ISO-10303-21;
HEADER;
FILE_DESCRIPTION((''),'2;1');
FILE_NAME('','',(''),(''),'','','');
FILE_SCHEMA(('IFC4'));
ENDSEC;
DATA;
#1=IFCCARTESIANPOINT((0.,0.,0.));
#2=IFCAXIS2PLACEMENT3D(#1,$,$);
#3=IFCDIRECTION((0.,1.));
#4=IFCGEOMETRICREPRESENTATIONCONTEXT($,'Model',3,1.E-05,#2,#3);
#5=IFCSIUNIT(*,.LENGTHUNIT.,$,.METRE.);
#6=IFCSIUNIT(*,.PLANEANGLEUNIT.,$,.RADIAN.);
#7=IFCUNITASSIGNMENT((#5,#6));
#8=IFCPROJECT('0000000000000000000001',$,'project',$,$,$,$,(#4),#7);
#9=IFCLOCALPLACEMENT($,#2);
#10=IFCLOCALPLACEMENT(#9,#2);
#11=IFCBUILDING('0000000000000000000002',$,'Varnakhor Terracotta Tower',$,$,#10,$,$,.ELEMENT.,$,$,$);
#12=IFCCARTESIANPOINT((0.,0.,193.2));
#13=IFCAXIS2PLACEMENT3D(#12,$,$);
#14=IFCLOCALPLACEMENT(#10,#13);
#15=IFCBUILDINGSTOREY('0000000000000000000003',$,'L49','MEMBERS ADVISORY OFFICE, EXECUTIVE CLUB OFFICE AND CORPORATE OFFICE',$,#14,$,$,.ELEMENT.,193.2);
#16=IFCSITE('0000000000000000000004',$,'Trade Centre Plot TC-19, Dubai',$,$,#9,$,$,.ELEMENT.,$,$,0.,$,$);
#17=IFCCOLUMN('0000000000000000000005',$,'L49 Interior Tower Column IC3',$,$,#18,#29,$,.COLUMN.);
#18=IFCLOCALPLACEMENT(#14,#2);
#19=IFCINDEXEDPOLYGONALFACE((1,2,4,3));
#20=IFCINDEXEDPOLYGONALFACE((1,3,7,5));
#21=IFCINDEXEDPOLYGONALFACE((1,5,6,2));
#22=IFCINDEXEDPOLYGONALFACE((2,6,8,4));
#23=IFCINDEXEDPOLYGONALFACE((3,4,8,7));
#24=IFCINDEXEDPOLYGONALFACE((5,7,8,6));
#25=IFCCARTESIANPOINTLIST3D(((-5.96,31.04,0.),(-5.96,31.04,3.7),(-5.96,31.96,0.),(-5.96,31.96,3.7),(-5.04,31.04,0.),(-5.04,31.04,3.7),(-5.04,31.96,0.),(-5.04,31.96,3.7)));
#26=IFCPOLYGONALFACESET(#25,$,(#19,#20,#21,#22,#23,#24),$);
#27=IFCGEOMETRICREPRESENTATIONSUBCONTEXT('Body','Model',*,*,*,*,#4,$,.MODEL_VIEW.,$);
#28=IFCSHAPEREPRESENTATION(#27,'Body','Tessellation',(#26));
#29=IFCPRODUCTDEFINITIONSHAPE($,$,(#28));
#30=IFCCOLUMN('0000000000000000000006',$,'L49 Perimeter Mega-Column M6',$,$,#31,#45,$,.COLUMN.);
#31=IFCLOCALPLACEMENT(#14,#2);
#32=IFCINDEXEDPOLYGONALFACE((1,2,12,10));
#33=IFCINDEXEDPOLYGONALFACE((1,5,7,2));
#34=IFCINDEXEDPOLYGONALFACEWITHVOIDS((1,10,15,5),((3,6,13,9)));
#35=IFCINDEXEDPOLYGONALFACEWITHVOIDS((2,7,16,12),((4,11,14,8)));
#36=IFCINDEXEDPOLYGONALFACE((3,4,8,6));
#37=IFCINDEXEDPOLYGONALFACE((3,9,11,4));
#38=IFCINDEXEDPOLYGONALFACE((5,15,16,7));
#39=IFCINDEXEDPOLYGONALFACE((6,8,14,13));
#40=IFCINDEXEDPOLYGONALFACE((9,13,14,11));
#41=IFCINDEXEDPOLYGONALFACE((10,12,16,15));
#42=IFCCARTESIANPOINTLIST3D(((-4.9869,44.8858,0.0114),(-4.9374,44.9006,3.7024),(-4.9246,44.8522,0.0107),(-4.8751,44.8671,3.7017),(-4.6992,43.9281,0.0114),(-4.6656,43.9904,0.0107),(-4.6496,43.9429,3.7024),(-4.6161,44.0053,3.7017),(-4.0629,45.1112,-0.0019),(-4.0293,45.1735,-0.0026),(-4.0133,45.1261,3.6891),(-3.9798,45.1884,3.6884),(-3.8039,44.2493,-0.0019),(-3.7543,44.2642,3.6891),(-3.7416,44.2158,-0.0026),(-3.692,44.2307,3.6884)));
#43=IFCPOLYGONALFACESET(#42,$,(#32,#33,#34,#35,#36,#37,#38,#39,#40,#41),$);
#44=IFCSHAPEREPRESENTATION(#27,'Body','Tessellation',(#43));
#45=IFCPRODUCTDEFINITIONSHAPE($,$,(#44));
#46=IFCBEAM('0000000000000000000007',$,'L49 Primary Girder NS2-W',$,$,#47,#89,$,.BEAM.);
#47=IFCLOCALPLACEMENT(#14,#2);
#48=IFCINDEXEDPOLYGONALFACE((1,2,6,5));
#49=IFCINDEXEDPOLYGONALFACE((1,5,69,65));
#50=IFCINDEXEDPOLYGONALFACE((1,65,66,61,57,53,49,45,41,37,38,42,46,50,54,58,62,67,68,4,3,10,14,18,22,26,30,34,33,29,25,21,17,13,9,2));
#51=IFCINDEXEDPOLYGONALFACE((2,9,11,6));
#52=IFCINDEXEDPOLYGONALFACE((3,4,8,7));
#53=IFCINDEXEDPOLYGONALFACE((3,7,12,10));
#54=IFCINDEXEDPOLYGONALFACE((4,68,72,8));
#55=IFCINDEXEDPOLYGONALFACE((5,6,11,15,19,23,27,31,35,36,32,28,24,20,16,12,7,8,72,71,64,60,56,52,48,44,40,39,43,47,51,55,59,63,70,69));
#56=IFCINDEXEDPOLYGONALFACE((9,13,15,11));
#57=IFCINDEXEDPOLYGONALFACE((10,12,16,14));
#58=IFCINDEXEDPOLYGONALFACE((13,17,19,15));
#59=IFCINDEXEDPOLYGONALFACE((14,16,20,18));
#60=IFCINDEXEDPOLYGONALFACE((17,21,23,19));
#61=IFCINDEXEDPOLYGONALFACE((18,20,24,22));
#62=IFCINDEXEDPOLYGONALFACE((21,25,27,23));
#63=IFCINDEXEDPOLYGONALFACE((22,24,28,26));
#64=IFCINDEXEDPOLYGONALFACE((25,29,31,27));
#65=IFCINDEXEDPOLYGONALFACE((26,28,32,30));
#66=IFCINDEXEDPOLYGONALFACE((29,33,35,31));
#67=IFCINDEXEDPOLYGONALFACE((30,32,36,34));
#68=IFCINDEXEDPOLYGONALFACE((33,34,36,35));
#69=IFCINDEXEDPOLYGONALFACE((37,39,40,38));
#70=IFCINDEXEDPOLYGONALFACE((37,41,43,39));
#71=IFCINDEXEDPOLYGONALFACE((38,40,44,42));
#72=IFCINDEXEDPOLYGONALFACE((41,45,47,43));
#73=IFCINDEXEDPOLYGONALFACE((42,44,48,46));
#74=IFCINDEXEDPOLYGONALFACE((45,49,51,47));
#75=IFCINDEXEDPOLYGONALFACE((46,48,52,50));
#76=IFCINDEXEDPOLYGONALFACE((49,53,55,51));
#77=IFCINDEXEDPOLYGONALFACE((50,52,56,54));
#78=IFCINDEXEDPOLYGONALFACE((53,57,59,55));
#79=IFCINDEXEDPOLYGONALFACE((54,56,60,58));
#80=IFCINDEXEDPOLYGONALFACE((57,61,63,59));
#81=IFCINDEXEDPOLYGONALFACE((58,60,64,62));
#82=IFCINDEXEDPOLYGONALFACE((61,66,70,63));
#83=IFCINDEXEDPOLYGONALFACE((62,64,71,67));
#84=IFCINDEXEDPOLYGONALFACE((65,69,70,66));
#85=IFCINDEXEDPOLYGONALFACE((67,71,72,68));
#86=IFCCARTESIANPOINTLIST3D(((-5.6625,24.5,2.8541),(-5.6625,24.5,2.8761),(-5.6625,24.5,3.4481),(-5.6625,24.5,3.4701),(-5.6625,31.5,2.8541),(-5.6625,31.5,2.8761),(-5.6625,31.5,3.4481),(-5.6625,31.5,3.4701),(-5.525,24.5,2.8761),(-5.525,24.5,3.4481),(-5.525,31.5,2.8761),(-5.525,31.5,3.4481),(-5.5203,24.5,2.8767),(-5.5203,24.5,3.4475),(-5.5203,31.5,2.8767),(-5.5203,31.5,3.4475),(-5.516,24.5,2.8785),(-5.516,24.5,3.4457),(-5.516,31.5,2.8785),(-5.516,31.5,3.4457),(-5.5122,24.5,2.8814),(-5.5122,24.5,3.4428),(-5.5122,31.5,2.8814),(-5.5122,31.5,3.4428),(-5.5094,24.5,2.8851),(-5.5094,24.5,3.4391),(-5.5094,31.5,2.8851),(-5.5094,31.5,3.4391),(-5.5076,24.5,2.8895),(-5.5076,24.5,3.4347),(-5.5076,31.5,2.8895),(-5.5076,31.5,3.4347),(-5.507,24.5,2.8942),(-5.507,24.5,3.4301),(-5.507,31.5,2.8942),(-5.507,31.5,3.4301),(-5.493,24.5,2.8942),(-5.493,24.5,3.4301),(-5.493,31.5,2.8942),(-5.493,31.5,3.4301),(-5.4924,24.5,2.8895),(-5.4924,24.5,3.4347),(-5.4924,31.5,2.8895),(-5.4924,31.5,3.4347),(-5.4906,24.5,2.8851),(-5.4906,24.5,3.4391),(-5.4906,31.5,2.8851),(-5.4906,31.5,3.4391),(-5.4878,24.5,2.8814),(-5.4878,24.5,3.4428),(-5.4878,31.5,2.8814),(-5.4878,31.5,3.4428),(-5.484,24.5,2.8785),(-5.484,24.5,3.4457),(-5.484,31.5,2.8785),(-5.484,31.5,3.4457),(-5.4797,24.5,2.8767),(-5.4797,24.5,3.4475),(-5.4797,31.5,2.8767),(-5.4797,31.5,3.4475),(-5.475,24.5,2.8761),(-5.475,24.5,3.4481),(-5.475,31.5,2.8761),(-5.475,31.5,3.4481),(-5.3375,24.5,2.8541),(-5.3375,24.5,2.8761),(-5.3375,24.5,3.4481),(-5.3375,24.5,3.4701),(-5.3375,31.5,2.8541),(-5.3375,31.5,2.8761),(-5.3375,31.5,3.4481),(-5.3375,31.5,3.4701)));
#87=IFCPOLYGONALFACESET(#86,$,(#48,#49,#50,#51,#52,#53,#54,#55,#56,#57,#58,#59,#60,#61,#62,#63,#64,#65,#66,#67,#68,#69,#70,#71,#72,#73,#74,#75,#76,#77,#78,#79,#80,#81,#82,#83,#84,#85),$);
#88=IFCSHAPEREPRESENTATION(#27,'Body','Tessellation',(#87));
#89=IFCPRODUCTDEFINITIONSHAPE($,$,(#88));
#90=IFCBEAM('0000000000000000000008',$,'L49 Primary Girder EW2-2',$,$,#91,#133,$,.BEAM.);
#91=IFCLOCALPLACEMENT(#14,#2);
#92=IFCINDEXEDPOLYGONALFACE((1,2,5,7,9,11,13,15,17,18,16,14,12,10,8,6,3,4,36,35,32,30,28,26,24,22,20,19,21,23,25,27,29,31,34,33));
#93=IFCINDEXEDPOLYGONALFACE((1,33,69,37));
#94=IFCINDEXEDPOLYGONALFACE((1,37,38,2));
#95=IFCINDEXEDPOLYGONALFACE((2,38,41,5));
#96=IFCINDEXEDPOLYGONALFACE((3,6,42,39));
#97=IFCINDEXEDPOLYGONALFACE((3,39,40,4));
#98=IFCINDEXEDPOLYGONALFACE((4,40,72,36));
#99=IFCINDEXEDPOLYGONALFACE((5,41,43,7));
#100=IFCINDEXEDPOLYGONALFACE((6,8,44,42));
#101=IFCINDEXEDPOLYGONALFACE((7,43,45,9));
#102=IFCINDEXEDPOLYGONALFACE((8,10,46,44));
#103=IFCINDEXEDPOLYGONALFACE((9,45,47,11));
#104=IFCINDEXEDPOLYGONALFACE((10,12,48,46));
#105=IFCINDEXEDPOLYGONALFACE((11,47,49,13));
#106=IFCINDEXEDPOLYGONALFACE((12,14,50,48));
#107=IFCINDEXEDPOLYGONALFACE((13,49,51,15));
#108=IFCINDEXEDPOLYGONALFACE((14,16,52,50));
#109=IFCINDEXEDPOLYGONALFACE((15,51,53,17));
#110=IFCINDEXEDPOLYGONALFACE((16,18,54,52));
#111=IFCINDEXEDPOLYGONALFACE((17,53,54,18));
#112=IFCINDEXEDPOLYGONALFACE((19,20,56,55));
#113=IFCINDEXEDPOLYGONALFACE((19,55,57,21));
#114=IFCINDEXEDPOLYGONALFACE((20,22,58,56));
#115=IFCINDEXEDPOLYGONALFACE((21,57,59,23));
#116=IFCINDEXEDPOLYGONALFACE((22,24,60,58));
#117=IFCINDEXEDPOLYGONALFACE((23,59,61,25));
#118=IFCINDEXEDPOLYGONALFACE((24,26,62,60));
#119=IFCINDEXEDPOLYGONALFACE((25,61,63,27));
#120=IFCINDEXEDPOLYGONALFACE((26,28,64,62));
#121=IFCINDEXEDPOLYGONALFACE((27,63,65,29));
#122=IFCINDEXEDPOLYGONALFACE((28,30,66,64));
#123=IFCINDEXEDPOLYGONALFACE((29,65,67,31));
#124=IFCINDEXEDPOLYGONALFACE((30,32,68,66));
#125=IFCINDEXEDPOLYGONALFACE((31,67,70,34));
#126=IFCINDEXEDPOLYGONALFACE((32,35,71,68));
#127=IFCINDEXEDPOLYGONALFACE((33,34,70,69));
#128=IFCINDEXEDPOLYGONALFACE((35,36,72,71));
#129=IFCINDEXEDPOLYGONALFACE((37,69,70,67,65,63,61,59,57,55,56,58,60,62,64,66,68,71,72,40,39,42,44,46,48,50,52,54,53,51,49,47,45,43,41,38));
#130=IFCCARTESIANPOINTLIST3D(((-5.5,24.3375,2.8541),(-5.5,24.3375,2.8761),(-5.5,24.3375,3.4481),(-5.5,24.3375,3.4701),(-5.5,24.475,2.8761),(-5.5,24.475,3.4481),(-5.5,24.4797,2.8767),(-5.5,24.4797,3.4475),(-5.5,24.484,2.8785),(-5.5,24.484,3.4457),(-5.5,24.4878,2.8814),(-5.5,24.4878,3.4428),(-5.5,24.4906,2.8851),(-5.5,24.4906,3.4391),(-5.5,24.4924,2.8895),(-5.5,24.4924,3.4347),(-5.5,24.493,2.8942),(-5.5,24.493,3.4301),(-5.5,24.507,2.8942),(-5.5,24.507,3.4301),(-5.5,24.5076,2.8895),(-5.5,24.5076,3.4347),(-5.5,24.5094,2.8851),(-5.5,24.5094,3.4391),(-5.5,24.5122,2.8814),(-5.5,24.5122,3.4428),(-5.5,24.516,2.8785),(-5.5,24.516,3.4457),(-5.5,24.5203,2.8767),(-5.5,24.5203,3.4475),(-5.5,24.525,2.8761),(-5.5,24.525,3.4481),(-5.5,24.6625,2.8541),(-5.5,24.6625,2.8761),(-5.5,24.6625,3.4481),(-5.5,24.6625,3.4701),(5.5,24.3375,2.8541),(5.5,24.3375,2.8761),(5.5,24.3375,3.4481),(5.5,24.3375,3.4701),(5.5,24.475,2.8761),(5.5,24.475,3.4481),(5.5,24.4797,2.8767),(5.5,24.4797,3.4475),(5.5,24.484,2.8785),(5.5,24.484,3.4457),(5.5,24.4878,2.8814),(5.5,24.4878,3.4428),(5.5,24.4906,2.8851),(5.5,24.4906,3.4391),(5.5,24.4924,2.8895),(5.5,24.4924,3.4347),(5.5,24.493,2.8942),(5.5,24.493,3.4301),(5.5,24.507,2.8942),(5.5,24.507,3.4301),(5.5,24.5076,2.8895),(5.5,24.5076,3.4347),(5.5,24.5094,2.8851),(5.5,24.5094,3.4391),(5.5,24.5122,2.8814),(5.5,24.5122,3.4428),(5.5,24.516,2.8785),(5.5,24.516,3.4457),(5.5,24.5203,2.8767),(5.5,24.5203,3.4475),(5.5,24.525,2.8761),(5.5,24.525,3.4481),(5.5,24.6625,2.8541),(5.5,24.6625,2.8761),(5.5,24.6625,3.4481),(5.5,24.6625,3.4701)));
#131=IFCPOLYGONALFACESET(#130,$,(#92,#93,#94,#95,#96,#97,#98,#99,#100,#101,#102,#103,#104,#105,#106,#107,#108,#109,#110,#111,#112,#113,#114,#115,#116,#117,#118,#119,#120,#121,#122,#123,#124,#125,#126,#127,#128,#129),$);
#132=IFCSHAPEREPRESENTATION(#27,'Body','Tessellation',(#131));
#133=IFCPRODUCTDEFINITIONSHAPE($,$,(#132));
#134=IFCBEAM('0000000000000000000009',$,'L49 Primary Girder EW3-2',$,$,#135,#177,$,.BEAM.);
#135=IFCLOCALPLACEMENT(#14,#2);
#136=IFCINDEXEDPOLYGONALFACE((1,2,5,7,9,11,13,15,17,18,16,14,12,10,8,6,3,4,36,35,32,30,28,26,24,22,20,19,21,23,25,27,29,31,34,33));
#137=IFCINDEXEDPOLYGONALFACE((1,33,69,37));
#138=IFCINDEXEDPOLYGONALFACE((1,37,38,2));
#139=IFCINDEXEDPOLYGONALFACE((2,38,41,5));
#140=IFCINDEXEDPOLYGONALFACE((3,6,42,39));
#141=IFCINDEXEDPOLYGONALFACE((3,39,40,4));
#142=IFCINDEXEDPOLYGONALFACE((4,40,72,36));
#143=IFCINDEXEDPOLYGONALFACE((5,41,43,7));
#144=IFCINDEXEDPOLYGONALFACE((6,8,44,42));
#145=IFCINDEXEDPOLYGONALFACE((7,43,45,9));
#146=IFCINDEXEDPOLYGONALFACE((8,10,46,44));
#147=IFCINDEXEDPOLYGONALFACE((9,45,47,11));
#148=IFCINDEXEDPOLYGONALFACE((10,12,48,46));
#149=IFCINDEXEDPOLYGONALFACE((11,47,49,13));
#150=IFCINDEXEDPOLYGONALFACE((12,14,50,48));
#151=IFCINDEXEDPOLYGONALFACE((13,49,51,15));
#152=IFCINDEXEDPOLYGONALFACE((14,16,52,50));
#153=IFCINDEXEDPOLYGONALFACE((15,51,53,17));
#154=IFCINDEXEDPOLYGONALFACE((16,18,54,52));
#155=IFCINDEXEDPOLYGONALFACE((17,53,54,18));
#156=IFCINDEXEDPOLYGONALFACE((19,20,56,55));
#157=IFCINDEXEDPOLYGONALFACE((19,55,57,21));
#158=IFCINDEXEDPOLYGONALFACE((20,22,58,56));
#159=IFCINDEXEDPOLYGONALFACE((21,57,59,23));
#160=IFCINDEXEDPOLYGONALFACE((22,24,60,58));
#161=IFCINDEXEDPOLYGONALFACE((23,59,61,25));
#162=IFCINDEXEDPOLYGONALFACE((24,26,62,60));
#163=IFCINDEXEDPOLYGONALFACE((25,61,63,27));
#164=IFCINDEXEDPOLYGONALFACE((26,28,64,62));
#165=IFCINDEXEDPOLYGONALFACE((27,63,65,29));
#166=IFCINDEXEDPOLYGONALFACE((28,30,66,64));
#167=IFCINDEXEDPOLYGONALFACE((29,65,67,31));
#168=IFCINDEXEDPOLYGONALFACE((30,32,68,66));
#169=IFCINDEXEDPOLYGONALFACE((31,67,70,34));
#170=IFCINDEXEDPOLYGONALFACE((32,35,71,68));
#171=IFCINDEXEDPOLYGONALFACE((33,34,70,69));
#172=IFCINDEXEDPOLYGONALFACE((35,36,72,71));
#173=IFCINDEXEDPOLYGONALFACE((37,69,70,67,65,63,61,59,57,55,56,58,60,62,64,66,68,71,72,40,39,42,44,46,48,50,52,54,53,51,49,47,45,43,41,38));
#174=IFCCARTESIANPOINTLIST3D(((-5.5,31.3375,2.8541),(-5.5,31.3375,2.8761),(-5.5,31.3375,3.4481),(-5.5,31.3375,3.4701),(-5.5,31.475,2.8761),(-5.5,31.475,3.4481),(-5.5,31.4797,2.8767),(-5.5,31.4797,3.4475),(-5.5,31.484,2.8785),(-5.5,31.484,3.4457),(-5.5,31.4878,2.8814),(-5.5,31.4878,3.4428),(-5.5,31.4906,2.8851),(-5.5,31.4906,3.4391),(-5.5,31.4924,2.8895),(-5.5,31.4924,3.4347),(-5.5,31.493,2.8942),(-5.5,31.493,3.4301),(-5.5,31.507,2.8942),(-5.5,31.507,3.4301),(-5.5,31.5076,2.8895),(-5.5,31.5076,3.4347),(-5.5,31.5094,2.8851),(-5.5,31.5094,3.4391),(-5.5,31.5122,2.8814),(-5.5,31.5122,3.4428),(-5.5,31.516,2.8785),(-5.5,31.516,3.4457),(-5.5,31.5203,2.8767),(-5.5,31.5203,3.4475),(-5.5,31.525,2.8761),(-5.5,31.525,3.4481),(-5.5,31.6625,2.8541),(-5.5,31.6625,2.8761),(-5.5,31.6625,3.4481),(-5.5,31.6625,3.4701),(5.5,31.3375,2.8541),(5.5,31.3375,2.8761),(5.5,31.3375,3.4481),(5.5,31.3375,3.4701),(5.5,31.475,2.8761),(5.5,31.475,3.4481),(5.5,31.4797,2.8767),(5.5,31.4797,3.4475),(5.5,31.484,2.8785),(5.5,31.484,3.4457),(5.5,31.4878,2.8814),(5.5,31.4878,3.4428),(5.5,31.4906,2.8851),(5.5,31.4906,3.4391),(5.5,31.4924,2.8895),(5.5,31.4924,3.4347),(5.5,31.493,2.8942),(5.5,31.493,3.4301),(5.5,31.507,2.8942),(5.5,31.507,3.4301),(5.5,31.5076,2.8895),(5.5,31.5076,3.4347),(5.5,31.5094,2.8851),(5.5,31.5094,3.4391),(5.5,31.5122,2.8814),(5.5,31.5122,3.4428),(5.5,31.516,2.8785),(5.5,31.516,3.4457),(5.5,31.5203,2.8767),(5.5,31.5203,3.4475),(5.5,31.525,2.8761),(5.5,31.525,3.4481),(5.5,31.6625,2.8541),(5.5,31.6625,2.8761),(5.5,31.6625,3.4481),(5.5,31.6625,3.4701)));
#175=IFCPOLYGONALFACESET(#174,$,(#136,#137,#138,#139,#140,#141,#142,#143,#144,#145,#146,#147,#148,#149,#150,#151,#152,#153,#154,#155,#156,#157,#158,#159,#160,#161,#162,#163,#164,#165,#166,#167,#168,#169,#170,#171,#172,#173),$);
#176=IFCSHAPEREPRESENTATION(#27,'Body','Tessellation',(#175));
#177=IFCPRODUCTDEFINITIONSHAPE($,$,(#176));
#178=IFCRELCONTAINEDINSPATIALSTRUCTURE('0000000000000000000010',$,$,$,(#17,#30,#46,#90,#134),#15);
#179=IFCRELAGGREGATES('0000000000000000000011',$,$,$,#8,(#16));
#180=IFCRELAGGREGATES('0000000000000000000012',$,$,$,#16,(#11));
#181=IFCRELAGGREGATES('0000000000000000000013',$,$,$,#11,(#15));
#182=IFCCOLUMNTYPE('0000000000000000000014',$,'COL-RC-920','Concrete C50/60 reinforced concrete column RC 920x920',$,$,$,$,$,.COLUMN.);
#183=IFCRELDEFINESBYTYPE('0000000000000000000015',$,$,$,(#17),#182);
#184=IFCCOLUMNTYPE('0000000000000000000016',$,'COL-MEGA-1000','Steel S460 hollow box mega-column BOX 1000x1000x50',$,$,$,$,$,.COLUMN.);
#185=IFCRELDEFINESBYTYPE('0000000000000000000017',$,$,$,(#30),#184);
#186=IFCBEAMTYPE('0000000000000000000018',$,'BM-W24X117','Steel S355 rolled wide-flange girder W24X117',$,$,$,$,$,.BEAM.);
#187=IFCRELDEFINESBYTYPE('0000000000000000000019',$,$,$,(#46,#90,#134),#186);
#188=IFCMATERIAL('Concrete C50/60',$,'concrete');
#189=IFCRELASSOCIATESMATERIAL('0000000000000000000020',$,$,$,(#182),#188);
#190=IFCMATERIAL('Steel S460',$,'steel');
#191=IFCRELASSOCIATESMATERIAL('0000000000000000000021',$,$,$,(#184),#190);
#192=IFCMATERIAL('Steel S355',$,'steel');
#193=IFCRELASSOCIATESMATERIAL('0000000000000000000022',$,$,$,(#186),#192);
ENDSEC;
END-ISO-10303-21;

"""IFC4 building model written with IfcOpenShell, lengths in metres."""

from ifc_helpers import new_model, si_unit, direction, frame, origin, origin_2d, place, context, subcontext, project, spatial, rectangle, hollow_rectangle, i_section, extrude, source, transform, mapped, material, material_profile, profile_set, type_object, type_shapes, element, save


model = new_model("IFC4")

# Units and contexts
model_context = context("Model", 3, precision=1e-05, world=origin(), true_north=direction((0.0, 1.0)))
body_context = subcontext(model_context, "Body", "Model", "MODEL_VIEW")
ifc_project = project(units=[si_unit("LENGTHUNIT", "METRE"), si_unit("PLANEANGLEUNIT", "RADIAN")], contexts=[model_context])

# Site, building, storey
site_placement = place(None, origin())
site = spatial("IfcSite", under=ifc_project, at=site_placement, Name="Trade Centre Plot TC-19, Dubai", CompositionType="ELEMENT", RefElevation=0.0)
building_placement = place(site_placement, origin())
building = spatial("IfcBuilding", under=site, at=building_placement, Name="Varnakhor Terracotta Tower", CompositionType="ELEMENT")
storey_placement = place(building_placement, frame((0.0, 0.0, 193.2)))
storey = spatial("IfcBuildingStorey", under=building, at=storey_placement, Name="L49", Description="MEMBERS ADVISORY OFFICE, EXECUTIVE CLUB OFFICE AND CORPORATE OFFICE", CompositionType="ELEMENT", Elevation=193.2)

# Columns
ifc_material_1 = material(Name="Concrete C50/60", Category="concrete")
ifc_material_profile_1 = material_profile(ifc_material_1, rectangle(XDim=0.9199, YDim=0.9199, at=origin_2d()), Name="RC 920x920")
ifc_profile_set_1 = profile_set([ifc_material_profile_1], Name="Concrete C50/60")
column_type_1 = type_object("IfcColumnType", Name="COL-RC-920", Description="Concrete C50/60 reinforced concrete column RC 920x920", PredefinedType="COLUMN", material=ifc_profile_set_1)
shared_shape_1 = source(origin(), body_context, "Body", "SweptSolid", [
    extrude(rectangle(XDim=0.9199, YDim=0.9199, at=origin_2d()), origin(), (0.0, 0.0, 1.0), 3.7),
])
column_1_placement = place(storey_placement, frame((-5.5, 31.5, 0.0), z_axis=(0.0, 0.0, 1.0), x_axis=(1.0, 0.0, 0.0)))
element("IfcColumn", 1, at=column_1_placement, inside=storey, type_object=column_type_1, Name="L49 Interior Tower Column IC3", PredefinedType="COLUMN", context=body_context, shape_type="MappedRepresentation", body=[
    mapped(shared_shape_1, transform((0.0, 0.0, 0.0), scale=1.0)),
])
ifc_material_2 = material(Name="Steel S460", Category="steel")
ifc_material_profile_2 = material_profile(ifc_material_2, hollow_rectangle(XDim=1.0, YDim=1.0, WallThickness=0.05, at=origin_2d()), Name="BOX 1000x1000x50")
ifc_profile_set_2 = profile_set([ifc_material_profile_2], Name="Steel S460")
column_type_2 = type_object("IfcColumnType", Name="COL-MEGA-1000", Description="Steel S460 hollow box mega-column BOX 1000x1000x50", PredefinedType="COLUMN", material=ifc_profile_set_2)
shared_shape_2 = source(origin(), body_context, "Body", "SweptSolid", [
    extrude(hollow_rectangle(XDim=1.0, YDim=1.0, WallThickness=0.05, at=origin_2d()), origin(), (0.0, 0.0, 1.0), 3.6914),
])
type_shapes(column_type_2, [shared_shape_2])
column_2_placement = place(storey_placement, frame((-4.3643, 44.5508, 0.0044), z_axis=(0.013425, 0.004034, 0.999902), x_axis=(-0.287781, 0.957696, 0.0)))
element("IfcColumn", 2, at=column_2_placement, inside=storey, type_object=column_type_2, Name="L49 Perimeter Mega-Column M6", PredefinedType="COLUMN", context=body_context, shape_type="MappedRepresentation", body=[
    mapped(shared_shape_2, transform((0.0, 0.0, 0.0), scale=1.0)),
])

# Beams
ifc_material_3 = material(Name="Steel S355", Category="steel")
ifc_material_profile_3 = material_profile(ifc_material_3, i_section(OverallWidth=0.325, OverallDepth=0.616, WebThickness=0.0139, FlangeThickness=0.022, FilletRadius=0.0181, at=origin_2d()), Name="W24X117")
ifc_profile_set_3 = profile_set([ifc_material_profile_3], Name="Steel S355")
beam_type_1 = type_object("IfcBeamType", Name="BM-W24X117", Description="Steel S355 rolled wide-flange girder W24X117", PredefinedType="BEAM", material=ifc_profile_set_3)
shared_shape_3 = source(origin(), body_context, "Body", "SweptSolid", [
    extrude(i_section(OverallWidth=0.325, OverallDepth=0.616, WebThickness=0.0139, FlangeThickness=0.022, FilletRadius=0.0181, at=origin_2d()), origin(), (0.0, 0.0, 1.0), 7.0),
])
beam_1_placement = place(storey_placement, frame((-5.5, 24.5, 3.1621), z_axis=(0.0, 1.0, 0.0), x_axis=(-1.0, 0.0, 0.0)))
element("IfcBeam", 3, at=beam_1_placement, inside=storey, type_object=beam_type_1, Name="L49 Primary Girder NS2-W", PredefinedType="BEAM", context=body_context, shape_type="MappedRepresentation", body=[
    mapped(shared_shape_3, transform((0.0, 0.0, 0.0), scale=1.0)),
])
shared_shape_4 = source(origin(), body_context, "Body", "SweptSolid", [
    extrude(i_section(OverallWidth=0.325, OverallDepth=0.616, WebThickness=0.0139, FlangeThickness=0.022, FilletRadius=0.0181, at=origin_2d()), origin(), (0.0, 0.0, 1.0), 11.0),
])
for number, where, z_axis, x_axis, name in (
    (4, (-5.5, 24.5, 3.1621), (1.0, 0.0, 0.0), (0.0, 1.0, 0.0), "L49 Primary Girder EW2-2"),
    (5, (-5.5, 31.5, 3.1621), (1.0, 0.0, 0.0), (0.0, 1.0, 0.0), "L49 Primary Girder EW3-2"),
):
    element("IfcBeam", number, at=place(storey_placement, frame(where, z_axis=z_axis, x_axis=x_axis)), inside=storey, type_object=beam_type_1, Name=name, PredefinedType="BEAM", context=body_context, shape_type="MappedRepresentation", body=[
        mapped(shared_shape_4, transform((0.0, 0.0, 0.0), scale=1.0)),
    ])

save(model, "model.ifc")
